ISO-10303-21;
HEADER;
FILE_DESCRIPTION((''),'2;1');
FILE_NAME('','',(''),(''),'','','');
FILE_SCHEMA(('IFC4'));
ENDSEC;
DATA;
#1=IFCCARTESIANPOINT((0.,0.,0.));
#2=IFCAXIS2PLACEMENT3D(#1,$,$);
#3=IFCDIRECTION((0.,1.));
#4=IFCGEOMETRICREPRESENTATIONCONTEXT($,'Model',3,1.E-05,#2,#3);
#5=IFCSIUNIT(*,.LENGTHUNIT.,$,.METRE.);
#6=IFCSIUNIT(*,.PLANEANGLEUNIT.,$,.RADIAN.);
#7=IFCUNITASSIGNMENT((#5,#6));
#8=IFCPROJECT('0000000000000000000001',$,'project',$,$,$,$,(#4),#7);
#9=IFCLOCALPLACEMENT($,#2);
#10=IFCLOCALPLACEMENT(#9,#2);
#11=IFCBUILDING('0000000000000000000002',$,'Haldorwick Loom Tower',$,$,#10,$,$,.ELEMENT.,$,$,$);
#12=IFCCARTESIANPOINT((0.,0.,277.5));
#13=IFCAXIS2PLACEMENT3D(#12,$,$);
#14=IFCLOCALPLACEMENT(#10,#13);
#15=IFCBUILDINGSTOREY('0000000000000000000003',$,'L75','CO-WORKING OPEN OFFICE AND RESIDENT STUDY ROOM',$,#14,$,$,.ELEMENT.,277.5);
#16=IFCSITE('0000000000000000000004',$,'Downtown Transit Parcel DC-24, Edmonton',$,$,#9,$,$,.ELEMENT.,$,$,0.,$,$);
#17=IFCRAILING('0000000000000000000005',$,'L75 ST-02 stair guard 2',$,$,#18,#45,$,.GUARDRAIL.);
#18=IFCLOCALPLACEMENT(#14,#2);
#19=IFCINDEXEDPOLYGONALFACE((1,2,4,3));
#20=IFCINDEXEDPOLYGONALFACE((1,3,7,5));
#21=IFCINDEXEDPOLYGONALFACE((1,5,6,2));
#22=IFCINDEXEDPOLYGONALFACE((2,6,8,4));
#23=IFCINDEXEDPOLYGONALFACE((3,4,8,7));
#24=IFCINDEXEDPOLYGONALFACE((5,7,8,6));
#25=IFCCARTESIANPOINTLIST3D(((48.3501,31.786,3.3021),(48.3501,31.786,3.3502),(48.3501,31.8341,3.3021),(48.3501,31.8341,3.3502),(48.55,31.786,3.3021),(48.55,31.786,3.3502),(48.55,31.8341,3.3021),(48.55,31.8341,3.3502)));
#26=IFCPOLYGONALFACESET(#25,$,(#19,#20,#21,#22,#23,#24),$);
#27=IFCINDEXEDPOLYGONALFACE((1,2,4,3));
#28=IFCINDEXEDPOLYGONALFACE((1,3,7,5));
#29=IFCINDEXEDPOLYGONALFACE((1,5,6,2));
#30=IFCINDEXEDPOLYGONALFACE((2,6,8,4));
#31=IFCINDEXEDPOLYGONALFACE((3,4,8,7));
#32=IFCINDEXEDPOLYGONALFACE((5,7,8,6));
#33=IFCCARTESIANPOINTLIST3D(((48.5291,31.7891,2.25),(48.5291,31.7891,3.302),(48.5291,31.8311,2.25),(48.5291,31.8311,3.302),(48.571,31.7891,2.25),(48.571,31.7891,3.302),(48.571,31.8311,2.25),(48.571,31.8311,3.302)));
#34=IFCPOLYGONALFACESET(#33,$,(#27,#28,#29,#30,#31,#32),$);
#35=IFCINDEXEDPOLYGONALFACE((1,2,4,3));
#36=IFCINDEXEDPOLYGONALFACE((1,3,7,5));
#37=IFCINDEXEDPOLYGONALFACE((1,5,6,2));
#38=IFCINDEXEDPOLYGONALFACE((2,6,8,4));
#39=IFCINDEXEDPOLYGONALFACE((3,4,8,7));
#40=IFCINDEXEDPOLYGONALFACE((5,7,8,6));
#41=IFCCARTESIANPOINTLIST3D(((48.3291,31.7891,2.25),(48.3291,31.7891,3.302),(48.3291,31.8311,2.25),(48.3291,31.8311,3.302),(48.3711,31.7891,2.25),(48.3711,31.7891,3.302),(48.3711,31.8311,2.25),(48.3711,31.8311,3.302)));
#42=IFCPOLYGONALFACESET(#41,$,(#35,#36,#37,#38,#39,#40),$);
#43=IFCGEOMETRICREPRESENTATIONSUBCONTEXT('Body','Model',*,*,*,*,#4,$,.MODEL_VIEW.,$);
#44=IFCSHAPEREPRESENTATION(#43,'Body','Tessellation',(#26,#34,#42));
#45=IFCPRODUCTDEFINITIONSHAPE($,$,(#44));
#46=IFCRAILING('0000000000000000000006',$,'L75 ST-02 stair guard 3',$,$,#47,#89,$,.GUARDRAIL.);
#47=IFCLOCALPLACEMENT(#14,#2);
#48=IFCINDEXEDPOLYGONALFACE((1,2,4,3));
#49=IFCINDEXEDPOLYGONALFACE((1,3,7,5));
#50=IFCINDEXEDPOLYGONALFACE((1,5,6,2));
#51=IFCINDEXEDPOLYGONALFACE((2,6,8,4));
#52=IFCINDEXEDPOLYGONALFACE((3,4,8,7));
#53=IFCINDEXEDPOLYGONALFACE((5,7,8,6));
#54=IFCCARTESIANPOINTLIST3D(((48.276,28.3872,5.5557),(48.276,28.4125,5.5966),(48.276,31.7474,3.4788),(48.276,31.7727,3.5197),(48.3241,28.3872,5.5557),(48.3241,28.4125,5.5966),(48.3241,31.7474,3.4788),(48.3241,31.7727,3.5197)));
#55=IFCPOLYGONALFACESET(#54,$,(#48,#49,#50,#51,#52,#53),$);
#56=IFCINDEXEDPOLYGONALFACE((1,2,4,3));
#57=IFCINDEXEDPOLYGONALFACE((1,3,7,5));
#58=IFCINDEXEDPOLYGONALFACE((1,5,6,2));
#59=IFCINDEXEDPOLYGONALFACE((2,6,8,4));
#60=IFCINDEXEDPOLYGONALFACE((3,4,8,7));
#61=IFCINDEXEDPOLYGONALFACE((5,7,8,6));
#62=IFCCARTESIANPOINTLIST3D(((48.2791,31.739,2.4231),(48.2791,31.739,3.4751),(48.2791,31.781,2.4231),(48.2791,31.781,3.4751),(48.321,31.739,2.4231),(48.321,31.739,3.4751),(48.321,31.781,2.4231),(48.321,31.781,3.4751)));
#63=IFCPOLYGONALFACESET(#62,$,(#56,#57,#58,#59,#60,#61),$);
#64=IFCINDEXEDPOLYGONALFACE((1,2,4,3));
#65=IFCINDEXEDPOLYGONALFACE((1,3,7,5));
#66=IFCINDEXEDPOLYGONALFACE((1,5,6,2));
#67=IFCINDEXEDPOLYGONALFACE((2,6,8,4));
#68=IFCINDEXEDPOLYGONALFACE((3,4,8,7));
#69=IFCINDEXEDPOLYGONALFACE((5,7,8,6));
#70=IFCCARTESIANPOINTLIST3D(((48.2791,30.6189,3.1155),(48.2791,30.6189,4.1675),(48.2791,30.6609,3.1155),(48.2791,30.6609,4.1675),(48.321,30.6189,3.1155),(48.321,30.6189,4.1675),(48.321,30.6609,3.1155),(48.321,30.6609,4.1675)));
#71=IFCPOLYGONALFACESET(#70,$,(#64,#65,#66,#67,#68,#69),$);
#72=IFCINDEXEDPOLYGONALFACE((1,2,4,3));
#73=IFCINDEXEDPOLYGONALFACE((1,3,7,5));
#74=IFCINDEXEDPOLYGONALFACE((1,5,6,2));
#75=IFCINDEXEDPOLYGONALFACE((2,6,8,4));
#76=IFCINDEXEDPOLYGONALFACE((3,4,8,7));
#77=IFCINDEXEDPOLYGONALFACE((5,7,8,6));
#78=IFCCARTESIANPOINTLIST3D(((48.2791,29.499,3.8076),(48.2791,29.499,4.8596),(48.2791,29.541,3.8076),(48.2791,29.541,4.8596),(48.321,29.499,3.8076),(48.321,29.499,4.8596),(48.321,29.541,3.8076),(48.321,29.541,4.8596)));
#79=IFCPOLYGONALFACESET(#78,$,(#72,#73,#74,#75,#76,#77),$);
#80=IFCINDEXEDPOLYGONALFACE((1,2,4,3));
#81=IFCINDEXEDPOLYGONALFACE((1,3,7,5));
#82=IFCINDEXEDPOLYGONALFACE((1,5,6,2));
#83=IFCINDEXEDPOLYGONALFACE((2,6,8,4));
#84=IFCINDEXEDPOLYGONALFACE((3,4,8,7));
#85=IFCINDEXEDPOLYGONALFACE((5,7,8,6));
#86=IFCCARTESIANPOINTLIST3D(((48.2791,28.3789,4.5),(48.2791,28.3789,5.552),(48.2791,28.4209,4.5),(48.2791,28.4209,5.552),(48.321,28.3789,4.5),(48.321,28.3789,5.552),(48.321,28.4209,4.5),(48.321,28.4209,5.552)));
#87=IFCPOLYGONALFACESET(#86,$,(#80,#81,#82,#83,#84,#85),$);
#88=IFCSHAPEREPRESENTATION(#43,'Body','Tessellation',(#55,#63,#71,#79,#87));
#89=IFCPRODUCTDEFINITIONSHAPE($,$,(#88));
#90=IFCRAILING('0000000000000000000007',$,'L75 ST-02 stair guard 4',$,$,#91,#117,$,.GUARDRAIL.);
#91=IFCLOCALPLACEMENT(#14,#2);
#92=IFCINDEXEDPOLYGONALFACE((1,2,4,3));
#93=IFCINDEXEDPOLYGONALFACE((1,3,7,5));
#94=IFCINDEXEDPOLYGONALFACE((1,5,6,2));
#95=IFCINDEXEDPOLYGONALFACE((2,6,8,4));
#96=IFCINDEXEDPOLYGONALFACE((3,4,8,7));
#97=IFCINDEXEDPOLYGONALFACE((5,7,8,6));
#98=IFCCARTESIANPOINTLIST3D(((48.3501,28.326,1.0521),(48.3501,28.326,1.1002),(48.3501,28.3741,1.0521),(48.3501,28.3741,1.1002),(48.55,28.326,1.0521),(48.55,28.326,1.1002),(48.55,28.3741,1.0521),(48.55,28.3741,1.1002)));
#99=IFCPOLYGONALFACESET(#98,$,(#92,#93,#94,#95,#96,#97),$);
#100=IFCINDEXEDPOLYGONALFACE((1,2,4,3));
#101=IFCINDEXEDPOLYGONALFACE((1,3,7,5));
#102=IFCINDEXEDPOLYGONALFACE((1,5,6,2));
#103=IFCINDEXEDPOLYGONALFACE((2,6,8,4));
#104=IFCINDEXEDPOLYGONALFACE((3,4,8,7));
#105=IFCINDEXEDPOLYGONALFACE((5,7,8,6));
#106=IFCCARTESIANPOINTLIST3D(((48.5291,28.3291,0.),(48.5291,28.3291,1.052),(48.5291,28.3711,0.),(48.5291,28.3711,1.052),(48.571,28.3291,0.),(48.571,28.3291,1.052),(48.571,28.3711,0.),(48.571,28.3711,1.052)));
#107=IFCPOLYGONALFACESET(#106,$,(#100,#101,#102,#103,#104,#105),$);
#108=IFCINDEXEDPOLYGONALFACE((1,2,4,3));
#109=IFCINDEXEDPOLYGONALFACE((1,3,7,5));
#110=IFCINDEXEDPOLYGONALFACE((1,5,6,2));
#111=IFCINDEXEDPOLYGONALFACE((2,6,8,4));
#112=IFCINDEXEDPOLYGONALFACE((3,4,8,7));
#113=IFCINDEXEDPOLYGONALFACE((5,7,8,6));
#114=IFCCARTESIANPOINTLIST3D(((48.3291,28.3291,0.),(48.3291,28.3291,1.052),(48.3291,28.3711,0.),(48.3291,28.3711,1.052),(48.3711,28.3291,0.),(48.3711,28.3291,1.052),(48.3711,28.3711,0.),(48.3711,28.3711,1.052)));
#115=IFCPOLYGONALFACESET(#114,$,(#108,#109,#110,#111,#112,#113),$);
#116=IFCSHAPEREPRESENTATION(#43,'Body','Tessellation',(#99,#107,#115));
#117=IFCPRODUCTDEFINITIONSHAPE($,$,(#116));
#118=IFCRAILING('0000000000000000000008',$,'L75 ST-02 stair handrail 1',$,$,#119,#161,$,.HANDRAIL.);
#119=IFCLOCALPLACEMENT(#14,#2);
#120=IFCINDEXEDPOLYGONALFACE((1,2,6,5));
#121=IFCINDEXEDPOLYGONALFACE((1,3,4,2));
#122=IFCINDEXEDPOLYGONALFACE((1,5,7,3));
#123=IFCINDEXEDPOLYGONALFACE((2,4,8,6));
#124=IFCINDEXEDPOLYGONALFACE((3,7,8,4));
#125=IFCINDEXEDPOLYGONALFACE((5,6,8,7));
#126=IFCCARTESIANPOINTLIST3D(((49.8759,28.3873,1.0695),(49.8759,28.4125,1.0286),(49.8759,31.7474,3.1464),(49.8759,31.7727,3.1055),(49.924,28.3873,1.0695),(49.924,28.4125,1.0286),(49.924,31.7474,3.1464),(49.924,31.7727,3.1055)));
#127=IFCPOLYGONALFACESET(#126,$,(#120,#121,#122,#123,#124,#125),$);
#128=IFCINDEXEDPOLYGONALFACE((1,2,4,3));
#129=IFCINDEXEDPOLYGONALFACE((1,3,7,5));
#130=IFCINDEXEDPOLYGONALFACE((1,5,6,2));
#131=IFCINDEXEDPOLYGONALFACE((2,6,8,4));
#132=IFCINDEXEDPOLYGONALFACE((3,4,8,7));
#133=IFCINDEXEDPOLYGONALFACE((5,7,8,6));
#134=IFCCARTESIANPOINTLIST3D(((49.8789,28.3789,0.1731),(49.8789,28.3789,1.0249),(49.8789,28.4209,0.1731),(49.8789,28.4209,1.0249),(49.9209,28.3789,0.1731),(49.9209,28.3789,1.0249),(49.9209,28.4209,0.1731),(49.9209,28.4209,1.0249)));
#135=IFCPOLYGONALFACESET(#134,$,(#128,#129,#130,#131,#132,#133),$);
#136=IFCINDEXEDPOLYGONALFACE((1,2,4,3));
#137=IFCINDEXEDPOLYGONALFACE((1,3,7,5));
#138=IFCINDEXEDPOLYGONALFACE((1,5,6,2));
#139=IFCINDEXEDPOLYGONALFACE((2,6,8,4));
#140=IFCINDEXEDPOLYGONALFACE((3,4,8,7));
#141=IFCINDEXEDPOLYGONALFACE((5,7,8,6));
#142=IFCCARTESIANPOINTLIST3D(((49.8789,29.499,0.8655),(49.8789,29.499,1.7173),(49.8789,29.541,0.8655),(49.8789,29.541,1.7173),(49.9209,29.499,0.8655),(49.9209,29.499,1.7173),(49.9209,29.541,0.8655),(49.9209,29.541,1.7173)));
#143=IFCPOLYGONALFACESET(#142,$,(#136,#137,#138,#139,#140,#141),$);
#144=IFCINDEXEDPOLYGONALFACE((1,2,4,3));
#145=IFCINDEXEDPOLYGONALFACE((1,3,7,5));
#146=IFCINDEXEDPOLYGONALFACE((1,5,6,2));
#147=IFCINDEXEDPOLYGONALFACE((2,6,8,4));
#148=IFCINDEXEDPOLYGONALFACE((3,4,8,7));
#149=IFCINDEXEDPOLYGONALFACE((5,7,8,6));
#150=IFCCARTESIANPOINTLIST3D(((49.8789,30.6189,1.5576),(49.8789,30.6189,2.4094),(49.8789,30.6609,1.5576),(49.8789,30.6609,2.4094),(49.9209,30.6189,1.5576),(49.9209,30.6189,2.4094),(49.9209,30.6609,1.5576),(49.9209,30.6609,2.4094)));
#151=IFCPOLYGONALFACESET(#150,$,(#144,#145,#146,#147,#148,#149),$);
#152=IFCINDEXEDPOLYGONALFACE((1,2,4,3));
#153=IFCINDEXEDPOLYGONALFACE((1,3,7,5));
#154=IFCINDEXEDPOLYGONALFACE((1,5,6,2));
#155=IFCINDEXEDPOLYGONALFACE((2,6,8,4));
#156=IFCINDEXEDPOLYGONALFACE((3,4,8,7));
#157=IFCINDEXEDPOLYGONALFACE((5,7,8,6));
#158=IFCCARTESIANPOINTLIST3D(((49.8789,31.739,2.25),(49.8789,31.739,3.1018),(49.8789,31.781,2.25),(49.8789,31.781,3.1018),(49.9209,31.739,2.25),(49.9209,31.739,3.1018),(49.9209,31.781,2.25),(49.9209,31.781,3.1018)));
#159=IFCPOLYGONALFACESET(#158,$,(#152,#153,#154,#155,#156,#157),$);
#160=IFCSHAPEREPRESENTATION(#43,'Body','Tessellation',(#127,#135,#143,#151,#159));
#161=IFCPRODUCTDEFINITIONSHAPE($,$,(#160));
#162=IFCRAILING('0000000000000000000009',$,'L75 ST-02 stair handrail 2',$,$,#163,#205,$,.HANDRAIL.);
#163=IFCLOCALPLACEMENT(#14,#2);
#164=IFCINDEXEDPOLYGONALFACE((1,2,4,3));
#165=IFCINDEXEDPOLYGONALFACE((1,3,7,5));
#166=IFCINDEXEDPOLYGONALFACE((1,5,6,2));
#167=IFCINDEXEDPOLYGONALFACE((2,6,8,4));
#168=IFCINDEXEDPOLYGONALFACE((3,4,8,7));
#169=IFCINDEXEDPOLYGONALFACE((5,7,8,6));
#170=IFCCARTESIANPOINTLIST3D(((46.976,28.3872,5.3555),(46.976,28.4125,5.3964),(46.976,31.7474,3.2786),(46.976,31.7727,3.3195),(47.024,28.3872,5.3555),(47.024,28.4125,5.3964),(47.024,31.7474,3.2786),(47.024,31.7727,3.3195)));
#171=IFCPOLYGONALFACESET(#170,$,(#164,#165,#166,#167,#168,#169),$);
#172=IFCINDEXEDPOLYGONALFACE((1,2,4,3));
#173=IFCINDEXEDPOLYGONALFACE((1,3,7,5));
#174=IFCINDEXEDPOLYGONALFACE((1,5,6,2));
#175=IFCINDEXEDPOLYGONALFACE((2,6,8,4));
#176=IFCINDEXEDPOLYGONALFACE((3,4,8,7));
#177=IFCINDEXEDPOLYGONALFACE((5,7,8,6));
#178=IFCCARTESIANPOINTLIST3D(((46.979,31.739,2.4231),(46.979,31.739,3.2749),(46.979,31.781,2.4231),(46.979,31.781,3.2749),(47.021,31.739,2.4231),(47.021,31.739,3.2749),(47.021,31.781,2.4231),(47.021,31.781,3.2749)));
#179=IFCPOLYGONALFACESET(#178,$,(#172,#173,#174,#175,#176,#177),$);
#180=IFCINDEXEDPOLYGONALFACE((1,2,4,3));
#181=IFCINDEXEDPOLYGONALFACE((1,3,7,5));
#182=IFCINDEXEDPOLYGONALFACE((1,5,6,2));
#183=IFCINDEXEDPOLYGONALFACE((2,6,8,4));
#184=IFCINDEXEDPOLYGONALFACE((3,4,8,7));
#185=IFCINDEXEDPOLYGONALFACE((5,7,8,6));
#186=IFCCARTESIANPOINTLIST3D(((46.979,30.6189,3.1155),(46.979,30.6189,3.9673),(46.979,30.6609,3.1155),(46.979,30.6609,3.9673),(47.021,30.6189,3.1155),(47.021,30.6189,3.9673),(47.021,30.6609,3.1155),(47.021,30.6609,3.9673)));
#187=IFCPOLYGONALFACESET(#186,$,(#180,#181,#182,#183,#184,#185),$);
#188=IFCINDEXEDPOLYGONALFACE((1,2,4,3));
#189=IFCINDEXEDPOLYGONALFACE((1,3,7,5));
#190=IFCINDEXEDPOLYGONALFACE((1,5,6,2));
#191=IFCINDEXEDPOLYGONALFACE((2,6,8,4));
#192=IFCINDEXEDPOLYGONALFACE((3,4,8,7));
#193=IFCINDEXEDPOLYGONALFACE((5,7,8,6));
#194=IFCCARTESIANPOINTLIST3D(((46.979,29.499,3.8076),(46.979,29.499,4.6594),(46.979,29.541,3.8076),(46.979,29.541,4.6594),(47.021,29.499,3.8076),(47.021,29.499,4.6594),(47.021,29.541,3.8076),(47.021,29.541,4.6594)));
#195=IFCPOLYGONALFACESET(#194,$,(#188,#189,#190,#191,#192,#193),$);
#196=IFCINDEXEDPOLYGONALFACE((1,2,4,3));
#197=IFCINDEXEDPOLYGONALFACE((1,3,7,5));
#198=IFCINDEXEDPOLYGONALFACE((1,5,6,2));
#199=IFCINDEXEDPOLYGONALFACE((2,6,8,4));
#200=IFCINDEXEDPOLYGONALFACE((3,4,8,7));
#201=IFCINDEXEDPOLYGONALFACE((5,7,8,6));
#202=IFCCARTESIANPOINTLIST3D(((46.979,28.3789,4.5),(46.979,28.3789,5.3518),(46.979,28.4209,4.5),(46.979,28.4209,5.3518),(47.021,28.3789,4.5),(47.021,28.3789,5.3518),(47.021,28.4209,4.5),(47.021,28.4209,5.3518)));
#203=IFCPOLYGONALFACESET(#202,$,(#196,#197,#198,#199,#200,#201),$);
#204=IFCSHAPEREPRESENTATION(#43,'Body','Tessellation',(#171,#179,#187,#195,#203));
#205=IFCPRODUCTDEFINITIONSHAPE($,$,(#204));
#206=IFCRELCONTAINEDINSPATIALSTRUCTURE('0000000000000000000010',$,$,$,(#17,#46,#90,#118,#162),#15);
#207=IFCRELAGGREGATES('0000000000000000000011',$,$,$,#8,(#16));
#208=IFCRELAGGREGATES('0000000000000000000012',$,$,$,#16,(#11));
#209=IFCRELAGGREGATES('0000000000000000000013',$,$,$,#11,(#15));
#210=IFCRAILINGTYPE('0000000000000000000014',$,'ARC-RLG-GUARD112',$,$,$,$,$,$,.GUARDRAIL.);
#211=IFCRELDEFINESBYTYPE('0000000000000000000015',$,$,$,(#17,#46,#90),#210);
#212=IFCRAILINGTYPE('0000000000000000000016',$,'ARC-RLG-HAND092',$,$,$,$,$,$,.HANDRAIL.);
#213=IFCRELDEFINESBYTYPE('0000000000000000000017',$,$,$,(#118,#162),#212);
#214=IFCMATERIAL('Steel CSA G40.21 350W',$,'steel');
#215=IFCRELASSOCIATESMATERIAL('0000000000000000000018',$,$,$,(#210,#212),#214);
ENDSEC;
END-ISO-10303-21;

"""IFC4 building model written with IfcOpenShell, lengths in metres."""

from ifc_helpers import new_model, si_unit, direction, frame, origin, origin_2d, place, context, subcontext, project, spatial, rectangle, extrude, material, type_object, element, save


model = new_model("IFC4")

# Units and contexts
model_context = context("Model", 3, precision=1e-05, world=origin(), true_north=direction((0.0, 1.0)))
body_context = subcontext(model_context, "Body", "Model", "MODEL_VIEW")
ifc_project = project(units=[si_unit("LENGTHUNIT", "METRE"), si_unit("PLANEANGLEUNIT", "RADIAN")], contexts=[model_context])

# Site, building, storey
site_placement = place(None, origin())
site = spatial("IfcSite", under=ifc_project, at=site_placement, Name="Downtown Transit Parcel DC-24, Edmonton", CompositionType="ELEMENT", RefElevation=0.0)
building_placement = place(site_placement, origin())
building = spatial("IfcBuilding", under=site, at=building_placement, Name="Haldorwick Loom Tower", CompositionType="ELEMENT")
storey_placement = place(building_placement, frame((0.0, 0.0, 277.5)))
storey = spatial("IfcBuildingStorey", under=building, at=storey_placement, Name="L75", Description="CO-WORKING OPEN OFFICE AND RESIDENT STUDY ROOM", CompositionType="ELEMENT", Elevation=277.5)

# Shared definitions
ifc_material_1 = material(Name="Steel CSA G40.21 350W", Category="steel")

# Railings
railing_type_1 = type_object("IfcRailingType", Name="ARC-RLG-GUARD112", PredefinedType="GUARDRAIL", material=ifc_material_1)
railing_1_placement = place(storey_placement, frame((48.55, 31.8101, 2.25)))
element("IfcRailing", 1, at=railing_1_placement, inside=storey, type_object=railing_type_1, Name="L75 ST-02 stair guard 2", PredefinedType="GUARDRAIL", context=body_context, shape_type="SweptSolid", body=[
    extrude(rectangle(XDim=0.0481, YDim=0.0481, at=origin_2d()), frame((0.0, 0.0, 1.0762), z_axis=(-1.0, 0.0, 0.0), x_axis=(0.0, -1.0, 0.0)), (0.0, 0.0, 1.0), 0.2),
    extrude(rectangle(XDim=0.042, YDim=0.042, at=origin_2d()), origin(), (0.0, 0.0, 1.0), 1.052),
    extrude(rectangle(XDim=0.042, YDim=0.042, at=origin_2d()), frame((-0.2, 0.0, 0.0)), (0.0, 0.0, 1.0), 1.052),
])
railing_2_placement = place(storey_placement, frame((48.3, 31.76, 2.4231)))
element("IfcRailing", 2, at=railing_2_placement, inside=storey, type_object=railing_type_1, Name="L75 ST-02 stair guard 3", PredefinedType="GUARDRAIL", context=body_context, shape_type="SweptSolid", body=[
    extrude(rectangle(XDim=0.0481, YDim=0.0481, at=origin_2d()), frame((0.0, 0.0, 1.0762), z_axis=(0.0, -0.850623, 0.525776), x_axis=(1.0, 0.0, 0.0)), (0.0, 0.0, 1.0), 3.9502),
    extrude(rectangle(XDim=0.042, YDim=0.042, at=origin_2d()), origin(), (0.0, 0.0, 1.0), 1.052),
    extrude(rectangle(XDim=0.042, YDim=0.042, at=origin_2d()), frame((0.0, -1.1201, 0.6924)), (0.0, 0.0, 1.0), 1.052),
    extrude(rectangle(XDim=0.042, YDim=0.042, at=origin_2d()), frame((0.0, -2.24, 1.3845)), (0.0, 0.0, 1.0), 1.052),
    extrude(rectangle(XDim=0.042, YDim=0.042, at=origin_2d()), frame((0.0, -3.3601, 2.0769)), (0.0, 0.0, 1.0), 1.052),
])
railing_3_placement = place(storey_placement, frame((48.55, 28.3501, 0.0)))
element("IfcRailing", 3, at=railing_3_placement, inside=storey, type_object=railing_type_1, Name="L75 ST-02 stair guard 4", PredefinedType="GUARDRAIL", context=body_context, shape_type="SweptSolid", body=[
    extrude(rectangle(XDim=0.0481, YDim=0.0481, at=origin_2d()), frame((0.0, 0.0, 1.0762), z_axis=(-1.0, 0.0, 0.0), x_axis=(0.0, -1.0, 0.0)), (0.0, 0.0, 1.0), 0.2),
    extrude(rectangle(XDim=0.042, YDim=0.042, at=origin_2d()), origin(), (0.0, 0.0, 1.0), 1.052),
    extrude(rectangle(XDim=0.042, YDim=0.042, at=origin_2d()), frame((-0.2, 0.0, 0.0)), (0.0, 0.0, 1.0), 1.052),
])
railing_type_2 = type_object("IfcRailingType", Name="ARC-RLG-HAND092", PredefinedType="HANDRAIL", material=ifc_material_1)
railing_4_placement = place(storey_placement, frame((49.8999, 28.3999, 0.1731)))
element("IfcRailing", 4, at=railing_4_placement, inside=storey, type_object=railing_type_2, Name="L75 ST-02 stair handrail 1", PredefinedType="HANDRAIL", context=body_context, shape_type="SweptSolid", body=[
    extrude(rectangle(XDim=0.0481, YDim=0.0481, at=origin_2d()), frame((0.0, 0.0, 0.876), z_axis=(0.0, 0.850623, 0.525776), x_axis=(-1.0, 0.0, 0.0)), (0.0, 0.0, 1.0), 3.9502),
    extrude(rectangle(XDim=0.042, YDim=0.042, at=origin_2d()), origin(), (0.0, 0.0, 1.0), 0.8518),
    extrude(rectangle(XDim=0.042, YDim=0.042, at=origin_2d()), frame((0.0, 1.1201, 0.6924)), (0.0, 0.0, 1.0), 0.8518),
    extrude(rectangle(XDim=0.042, YDim=0.042, at=origin_2d()), frame((0.0, 2.24, 1.3845)), (0.0, 0.0, 1.0), 0.8518),
    extrude(rectangle(XDim=0.042, YDim=0.042, at=origin_2d()), frame((0.0, 3.3601, 2.0769)), (0.0, 0.0, 1.0), 0.8518),
])
railing_5_placement = place(storey_placement, frame((47.0, 31.76, 2.4231)))
element("IfcRailing", 5, at=railing_5_placement, inside=storey, type_object=railing_type_2, Name="L75 ST-02 stair handrail 2", PredefinedType="HANDRAIL", context=body_context, shape_type="SweptSolid", body=[
    extrude(rectangle(XDim=0.0481, YDim=0.0481, at=origin_2d()), frame((0.0, 0.0, 0.876), z_axis=(0.0, -0.850623, 0.525776), x_axis=(1.0, 0.0, 0.0)), (0.0, 0.0, 1.0), 3.9502),
    extrude(rectangle(XDim=0.042, YDim=0.042, at=origin_2d()), origin(), (0.0, 0.0, 1.0), 0.8518),
    extrude(rectangle(XDim=0.042, YDim=0.042, at=origin_2d()), frame((0.0, -1.1201, 0.6924)), (0.0, 0.0, 1.0), 0.8518),
    extrude(rectangle(XDim=0.042, YDim=0.042, at=origin_2d()), frame((0.0, -2.24, 1.3845)), (0.0, 0.0, 1.0), 0.8518),
    extrude(rectangle(XDim=0.042, YDim=0.042, at=origin_2d()), frame((0.0, -3.3601, 2.0769)), (0.0, 0.0, 1.0), 0.8518),
])

save(model, "model.ifc")
